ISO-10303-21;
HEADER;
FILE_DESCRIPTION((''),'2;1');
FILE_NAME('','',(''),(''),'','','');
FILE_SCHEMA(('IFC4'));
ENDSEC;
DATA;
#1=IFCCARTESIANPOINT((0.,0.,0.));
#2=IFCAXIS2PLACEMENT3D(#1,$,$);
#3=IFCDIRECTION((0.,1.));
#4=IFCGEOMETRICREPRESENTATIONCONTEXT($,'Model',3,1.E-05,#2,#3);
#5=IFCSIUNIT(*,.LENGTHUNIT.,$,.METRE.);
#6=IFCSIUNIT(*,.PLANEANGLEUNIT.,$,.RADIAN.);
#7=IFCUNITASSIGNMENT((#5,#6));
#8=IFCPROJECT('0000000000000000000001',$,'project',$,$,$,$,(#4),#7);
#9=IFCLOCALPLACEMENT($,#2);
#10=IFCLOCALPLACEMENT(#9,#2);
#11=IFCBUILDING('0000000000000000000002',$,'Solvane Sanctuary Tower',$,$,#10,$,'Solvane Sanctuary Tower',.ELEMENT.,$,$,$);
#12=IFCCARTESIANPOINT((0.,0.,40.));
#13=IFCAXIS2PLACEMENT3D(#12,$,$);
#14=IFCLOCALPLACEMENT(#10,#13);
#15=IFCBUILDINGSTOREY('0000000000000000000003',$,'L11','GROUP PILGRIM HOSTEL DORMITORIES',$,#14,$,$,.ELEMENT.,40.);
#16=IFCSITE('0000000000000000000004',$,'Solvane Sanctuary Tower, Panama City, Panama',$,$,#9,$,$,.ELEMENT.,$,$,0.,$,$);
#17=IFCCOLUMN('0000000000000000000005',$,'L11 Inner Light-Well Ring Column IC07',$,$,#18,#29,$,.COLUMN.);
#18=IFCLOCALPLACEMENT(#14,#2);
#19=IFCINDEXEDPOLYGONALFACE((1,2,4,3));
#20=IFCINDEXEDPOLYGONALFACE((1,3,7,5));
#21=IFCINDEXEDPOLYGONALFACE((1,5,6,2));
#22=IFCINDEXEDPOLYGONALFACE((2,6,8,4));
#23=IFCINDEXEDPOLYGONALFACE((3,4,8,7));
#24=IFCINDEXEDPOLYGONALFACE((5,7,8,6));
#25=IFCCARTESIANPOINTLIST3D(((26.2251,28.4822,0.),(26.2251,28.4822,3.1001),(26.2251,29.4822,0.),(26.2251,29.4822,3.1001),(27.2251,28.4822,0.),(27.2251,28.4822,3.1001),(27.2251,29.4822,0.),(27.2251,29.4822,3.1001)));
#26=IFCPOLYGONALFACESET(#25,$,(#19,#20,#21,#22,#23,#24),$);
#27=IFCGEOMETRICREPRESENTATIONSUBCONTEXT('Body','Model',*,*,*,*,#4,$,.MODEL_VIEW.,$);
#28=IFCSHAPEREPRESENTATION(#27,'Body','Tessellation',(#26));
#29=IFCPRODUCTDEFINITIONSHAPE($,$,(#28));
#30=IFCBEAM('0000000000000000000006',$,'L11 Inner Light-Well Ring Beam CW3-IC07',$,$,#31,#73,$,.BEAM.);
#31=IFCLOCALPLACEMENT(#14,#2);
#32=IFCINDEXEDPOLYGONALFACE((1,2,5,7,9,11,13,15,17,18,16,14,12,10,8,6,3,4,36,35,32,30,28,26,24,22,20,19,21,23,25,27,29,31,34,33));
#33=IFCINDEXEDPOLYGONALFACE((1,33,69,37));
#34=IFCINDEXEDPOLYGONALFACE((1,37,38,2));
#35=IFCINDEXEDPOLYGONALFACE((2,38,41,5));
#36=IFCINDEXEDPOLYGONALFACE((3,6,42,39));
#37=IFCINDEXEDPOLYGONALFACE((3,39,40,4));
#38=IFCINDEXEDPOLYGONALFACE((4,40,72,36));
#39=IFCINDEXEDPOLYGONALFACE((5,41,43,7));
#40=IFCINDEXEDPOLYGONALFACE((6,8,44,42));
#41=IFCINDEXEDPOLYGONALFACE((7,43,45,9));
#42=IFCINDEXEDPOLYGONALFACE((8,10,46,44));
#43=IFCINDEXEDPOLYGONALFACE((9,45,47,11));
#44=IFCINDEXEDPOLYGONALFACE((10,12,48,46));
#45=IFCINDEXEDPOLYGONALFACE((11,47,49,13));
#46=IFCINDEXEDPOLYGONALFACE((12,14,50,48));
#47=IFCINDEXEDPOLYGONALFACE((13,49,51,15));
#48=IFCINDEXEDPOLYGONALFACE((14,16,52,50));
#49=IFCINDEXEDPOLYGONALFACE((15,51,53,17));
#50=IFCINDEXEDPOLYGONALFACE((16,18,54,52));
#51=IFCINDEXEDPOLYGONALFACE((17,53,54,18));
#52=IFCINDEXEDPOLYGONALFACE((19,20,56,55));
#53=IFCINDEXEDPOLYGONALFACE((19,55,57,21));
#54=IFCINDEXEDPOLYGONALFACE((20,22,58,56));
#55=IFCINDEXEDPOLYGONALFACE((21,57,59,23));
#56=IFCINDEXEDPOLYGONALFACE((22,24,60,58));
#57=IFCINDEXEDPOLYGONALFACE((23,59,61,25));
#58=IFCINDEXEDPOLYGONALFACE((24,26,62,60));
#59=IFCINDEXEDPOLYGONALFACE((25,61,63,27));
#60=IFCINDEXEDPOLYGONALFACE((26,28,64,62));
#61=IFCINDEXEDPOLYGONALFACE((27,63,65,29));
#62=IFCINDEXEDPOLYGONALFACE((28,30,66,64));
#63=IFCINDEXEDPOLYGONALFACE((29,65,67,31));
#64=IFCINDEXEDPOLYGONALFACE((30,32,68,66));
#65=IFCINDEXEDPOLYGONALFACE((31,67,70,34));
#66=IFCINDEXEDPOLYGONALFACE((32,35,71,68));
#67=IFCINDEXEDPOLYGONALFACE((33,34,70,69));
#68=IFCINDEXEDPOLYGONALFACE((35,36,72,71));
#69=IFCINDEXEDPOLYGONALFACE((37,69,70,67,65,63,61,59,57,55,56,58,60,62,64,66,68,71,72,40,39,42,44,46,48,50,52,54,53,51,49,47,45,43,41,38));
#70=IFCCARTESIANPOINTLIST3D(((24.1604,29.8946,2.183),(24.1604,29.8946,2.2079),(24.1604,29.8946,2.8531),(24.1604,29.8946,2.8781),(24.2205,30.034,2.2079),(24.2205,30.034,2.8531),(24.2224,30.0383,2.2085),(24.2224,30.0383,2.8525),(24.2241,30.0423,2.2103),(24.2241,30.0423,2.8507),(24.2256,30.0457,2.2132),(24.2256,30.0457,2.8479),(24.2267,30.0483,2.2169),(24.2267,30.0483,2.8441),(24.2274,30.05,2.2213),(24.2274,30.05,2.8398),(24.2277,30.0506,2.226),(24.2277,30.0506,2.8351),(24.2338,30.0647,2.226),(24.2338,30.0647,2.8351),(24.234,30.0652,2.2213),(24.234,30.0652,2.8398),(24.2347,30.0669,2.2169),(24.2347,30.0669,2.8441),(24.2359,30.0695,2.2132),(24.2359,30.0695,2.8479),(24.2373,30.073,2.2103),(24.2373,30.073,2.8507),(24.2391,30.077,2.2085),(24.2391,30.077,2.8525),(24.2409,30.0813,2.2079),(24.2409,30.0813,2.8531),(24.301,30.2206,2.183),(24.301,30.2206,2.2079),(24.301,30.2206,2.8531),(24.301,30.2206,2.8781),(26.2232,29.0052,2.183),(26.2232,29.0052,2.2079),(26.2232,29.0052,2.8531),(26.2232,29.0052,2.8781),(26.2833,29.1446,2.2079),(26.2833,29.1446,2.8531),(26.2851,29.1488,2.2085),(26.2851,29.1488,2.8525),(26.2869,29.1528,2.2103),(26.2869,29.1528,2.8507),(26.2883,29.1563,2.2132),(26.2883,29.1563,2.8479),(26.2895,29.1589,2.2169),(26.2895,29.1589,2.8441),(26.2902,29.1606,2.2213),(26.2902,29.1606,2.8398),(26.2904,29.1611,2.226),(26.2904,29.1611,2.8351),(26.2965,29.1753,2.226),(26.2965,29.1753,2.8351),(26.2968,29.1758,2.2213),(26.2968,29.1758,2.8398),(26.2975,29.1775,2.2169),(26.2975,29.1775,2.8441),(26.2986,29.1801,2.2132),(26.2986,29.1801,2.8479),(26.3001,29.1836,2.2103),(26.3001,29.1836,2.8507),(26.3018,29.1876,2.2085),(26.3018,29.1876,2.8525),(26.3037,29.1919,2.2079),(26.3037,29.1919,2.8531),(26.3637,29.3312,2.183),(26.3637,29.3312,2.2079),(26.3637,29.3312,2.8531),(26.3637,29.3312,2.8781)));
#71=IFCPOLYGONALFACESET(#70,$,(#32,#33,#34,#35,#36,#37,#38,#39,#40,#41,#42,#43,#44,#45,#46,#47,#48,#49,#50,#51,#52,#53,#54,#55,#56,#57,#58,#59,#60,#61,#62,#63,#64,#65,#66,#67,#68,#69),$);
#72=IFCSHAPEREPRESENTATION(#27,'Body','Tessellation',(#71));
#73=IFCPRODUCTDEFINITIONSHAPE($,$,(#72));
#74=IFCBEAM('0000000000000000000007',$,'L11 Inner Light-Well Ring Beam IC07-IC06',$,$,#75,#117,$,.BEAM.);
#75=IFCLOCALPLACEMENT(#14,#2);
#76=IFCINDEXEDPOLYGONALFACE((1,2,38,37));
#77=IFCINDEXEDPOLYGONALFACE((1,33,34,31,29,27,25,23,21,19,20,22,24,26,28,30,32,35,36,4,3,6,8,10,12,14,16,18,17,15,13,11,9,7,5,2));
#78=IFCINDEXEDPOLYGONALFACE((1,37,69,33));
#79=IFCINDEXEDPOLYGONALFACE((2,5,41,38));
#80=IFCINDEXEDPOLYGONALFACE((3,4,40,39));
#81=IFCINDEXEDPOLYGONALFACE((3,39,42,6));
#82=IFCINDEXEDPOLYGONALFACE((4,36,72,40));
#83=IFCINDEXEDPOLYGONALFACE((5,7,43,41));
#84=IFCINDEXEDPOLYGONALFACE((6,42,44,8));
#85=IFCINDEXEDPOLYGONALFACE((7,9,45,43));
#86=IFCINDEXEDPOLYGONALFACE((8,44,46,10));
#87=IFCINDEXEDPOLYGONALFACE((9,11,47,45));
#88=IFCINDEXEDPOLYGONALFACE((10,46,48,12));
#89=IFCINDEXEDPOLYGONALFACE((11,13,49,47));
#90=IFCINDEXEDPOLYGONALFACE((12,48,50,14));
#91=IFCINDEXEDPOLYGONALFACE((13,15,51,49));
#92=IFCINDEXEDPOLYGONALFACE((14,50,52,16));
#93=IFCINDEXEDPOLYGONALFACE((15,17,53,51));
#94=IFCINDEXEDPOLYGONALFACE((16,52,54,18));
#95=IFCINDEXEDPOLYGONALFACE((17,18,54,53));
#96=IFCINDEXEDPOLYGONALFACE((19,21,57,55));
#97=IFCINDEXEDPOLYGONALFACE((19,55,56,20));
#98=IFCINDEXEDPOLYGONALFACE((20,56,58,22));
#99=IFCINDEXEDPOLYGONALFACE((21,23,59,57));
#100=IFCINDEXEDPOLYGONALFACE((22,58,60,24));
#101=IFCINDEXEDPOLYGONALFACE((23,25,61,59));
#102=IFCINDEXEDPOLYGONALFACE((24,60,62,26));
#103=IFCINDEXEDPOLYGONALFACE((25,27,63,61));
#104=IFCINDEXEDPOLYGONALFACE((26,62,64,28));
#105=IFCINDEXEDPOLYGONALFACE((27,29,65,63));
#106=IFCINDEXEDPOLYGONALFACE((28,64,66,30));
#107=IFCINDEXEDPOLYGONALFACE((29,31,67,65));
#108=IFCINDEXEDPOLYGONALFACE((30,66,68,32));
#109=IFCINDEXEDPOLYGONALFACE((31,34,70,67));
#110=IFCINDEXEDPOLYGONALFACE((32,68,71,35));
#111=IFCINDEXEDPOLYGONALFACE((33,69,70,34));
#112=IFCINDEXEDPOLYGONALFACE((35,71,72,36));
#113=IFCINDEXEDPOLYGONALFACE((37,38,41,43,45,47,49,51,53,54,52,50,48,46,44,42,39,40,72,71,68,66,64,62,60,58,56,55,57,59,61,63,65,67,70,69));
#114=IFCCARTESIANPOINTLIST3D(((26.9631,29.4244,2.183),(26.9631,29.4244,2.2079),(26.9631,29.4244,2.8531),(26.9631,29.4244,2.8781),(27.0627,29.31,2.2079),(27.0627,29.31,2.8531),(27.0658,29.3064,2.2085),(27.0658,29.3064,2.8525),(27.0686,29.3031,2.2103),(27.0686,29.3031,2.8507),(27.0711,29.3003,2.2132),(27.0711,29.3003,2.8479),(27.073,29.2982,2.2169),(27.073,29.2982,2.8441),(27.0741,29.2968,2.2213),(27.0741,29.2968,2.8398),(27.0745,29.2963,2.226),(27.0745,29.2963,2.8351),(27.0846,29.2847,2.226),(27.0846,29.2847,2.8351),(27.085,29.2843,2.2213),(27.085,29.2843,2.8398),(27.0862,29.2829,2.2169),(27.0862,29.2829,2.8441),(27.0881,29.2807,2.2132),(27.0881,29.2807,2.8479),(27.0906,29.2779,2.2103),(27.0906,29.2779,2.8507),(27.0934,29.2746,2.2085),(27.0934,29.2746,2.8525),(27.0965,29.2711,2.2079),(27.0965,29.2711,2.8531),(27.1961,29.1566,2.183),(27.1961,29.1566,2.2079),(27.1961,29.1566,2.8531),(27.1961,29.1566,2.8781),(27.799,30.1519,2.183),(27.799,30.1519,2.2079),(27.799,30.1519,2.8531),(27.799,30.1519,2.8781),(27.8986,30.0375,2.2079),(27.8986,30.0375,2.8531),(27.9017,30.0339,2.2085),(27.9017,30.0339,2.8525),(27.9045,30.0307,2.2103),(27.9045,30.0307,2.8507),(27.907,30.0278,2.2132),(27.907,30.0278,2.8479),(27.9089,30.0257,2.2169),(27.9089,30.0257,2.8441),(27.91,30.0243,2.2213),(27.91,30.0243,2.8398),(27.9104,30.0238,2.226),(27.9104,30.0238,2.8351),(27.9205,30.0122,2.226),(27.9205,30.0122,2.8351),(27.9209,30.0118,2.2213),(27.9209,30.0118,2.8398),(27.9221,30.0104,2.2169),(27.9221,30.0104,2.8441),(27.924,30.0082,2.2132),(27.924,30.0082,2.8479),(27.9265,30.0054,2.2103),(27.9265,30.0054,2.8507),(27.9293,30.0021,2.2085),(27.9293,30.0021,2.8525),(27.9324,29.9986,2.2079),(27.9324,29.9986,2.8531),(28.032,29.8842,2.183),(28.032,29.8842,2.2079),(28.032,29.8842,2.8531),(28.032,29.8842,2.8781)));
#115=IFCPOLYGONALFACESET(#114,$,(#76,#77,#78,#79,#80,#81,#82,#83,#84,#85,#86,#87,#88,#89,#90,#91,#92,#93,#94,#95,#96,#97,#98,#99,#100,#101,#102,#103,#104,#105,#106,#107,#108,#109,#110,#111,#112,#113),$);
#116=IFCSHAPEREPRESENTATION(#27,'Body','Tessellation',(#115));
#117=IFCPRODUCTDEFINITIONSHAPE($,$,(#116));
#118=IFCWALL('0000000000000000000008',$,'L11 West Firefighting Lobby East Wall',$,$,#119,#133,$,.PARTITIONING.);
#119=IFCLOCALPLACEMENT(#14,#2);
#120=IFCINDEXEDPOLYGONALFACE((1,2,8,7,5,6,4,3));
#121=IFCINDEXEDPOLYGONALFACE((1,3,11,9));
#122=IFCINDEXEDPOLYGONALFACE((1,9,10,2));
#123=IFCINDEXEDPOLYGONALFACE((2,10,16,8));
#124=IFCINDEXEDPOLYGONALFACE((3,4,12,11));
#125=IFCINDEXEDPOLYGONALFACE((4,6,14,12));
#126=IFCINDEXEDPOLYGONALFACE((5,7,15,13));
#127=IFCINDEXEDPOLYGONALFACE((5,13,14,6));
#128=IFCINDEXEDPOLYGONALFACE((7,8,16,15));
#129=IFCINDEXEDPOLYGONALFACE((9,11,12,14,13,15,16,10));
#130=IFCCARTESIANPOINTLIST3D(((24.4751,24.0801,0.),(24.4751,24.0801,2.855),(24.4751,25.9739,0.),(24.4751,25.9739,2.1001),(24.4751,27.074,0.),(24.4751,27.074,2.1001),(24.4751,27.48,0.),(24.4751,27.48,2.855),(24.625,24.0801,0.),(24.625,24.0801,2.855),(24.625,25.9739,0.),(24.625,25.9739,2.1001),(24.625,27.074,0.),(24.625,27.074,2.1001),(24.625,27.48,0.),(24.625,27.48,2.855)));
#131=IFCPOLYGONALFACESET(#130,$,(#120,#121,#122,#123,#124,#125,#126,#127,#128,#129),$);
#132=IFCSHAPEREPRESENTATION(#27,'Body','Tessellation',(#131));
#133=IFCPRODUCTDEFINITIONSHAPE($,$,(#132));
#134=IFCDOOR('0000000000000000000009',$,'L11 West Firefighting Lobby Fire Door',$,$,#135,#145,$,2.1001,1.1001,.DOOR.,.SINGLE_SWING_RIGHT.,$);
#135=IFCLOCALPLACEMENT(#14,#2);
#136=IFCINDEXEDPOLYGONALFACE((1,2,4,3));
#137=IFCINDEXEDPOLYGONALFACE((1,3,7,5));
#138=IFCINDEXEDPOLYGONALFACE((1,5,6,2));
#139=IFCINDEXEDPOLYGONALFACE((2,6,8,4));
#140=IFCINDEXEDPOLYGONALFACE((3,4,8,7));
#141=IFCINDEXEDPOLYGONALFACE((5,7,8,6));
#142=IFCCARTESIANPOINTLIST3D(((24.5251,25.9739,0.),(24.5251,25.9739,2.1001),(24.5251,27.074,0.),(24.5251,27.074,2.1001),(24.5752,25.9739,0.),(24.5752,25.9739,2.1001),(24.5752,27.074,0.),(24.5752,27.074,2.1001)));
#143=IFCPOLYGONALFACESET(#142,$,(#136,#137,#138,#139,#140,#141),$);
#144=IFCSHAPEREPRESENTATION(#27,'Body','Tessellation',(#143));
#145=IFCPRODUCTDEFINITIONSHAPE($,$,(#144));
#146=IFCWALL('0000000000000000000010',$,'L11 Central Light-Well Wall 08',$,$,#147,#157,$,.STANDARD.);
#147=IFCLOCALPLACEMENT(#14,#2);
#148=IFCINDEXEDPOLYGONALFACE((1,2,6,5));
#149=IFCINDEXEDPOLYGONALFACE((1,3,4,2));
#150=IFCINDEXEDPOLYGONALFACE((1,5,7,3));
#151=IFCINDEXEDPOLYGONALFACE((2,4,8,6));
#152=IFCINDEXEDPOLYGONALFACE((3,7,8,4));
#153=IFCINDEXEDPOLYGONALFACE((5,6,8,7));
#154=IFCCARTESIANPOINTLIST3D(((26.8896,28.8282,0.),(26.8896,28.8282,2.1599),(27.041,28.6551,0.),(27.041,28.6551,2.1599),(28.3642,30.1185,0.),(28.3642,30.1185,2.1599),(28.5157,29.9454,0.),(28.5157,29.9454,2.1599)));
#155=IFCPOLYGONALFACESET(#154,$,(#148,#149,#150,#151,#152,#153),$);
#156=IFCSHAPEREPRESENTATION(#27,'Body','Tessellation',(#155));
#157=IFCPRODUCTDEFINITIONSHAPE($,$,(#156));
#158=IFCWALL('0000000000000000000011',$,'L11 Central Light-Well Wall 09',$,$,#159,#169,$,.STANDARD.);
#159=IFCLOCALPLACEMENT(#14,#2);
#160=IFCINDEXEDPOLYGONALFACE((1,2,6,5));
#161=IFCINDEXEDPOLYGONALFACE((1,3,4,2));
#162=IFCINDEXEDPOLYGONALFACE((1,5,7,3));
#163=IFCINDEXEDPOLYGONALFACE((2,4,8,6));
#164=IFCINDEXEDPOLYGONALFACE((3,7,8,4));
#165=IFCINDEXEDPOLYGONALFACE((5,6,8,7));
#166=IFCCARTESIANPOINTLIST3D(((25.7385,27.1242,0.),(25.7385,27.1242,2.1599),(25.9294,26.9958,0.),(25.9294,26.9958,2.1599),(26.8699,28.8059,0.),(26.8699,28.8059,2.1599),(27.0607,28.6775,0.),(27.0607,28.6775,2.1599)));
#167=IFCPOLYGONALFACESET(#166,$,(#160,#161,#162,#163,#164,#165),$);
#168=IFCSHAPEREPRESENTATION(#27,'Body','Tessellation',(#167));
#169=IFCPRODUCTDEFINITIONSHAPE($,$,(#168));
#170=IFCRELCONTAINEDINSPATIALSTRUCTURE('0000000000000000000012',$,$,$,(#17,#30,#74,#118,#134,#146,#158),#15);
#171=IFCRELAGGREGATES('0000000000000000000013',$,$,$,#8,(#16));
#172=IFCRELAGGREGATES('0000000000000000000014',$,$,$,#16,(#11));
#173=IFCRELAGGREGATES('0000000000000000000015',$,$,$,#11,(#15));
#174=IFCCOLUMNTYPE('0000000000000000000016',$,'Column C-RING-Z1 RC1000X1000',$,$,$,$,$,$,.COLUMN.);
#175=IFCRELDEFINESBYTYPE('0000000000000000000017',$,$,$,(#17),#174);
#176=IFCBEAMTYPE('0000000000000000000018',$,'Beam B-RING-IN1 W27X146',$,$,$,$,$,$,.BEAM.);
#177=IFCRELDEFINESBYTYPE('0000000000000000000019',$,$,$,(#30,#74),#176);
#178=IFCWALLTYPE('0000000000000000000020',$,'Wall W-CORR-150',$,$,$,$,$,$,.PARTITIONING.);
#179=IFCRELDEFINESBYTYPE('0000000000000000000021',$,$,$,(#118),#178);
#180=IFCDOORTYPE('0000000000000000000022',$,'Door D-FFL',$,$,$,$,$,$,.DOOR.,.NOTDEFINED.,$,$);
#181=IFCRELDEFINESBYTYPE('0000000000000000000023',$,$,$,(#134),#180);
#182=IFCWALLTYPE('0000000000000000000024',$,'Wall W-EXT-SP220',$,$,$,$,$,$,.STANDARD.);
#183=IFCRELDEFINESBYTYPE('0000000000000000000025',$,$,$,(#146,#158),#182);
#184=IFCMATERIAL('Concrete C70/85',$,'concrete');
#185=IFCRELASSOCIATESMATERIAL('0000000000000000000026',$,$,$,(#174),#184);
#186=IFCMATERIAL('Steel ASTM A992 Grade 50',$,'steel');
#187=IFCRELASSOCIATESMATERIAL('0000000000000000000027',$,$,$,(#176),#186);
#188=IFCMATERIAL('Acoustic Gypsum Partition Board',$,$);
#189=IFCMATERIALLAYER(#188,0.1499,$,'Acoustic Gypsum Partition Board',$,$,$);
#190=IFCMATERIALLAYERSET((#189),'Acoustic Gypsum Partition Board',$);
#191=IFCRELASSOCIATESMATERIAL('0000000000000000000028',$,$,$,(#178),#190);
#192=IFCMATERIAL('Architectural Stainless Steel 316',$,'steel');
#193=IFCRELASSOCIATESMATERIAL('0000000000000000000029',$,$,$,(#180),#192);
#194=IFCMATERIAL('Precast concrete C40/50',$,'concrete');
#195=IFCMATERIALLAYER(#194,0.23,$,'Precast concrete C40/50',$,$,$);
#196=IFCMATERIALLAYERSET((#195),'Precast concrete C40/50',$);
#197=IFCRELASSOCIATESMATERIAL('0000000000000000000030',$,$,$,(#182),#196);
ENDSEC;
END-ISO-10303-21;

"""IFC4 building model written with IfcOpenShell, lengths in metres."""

from ifc_helpers import new_model, si_unit, direction, frame, frame_2d, origin, origin_2d, place, context, subcontext, project, spatial, rectangle, i_section, extrude, material, layer, layer_set, material_profile, profile_set, type_object, element, fill, save


model = new_model("IFC4")

# Units and contexts
model_context = context("Model", 3, precision=1e-05, world=origin(), true_north=direction((0.0, 1.0)))
body_context = subcontext(model_context, "Body", "Model", "MODEL_VIEW")
ifc_project = project(units=[si_unit("LENGTHUNIT", "METRE"), si_unit("PLANEANGLEUNIT", "RADIAN")], contexts=[model_context])

# Site, building, storey
site_placement = place(None, origin())
site = spatial("IfcSite", under=ifc_project, at=site_placement, Name="Solvane Sanctuary Tower, Panama City, Panama", CompositionType="ELEMENT", RefElevation=0.0)
building_placement = place(site_placement, origin())
building = spatial("IfcBuilding", under=site, at=building_placement, Name="Solvane Sanctuary Tower", LongName="Solvane Sanctuary Tower", CompositionType="ELEMENT")
storey_placement = place(building_placement, frame((0.0, 0.0, 40.0)))
storey = spatial("IfcBuildingStorey", under=building, at=storey_placement, Name="L11", Description="GROUP PILGRIM HOSTEL DORMITORIES", CompositionType="ELEMENT", Elevation=40.0)

# Column
ifc_material_1 = material(Name="Concrete C70/85", Category="concrete")
ifc_material_profile_1 = material_profile(ifc_material_1, rectangle(XDim=1.0, YDim=1.0, at=origin_2d()), Name="RC1000X1000")
ifc_profile_set_1 = profile_set([ifc_material_profile_1], Name="Concrete C70/85")
column_type = type_object("IfcColumnType", Name="Column C-RING-Z1 RC1000X1000", PredefinedType="COLUMN", material=ifc_profile_set_1)
column_placement = place(storey_placement, frame((26.7251, 28.9822, 0.0), z_axis=(0.0, 0.0, 1.0), x_axis=(1.0, 0.0, 0.0)))
element("IfcColumn", 1, at=column_placement, inside=storey, type_object=column_type, Name="L11 Inner Light-Well Ring Column IC07", PredefinedType="COLUMN", context=body_context, shape_type="SweptSolid", body=[
    extrude(rectangle(XDim=1.0, YDim=1.0, at=origin_2d()), origin(), (0.0, 0.0, 1.0), 3.1001),
])

# Beams
ifc_material_2 = material(Name="Steel ASTM A992 Grade 50", Category="steel")
ifc_material_profile_2 = material_profile(ifc_material_2, i_section(OverallWidth=0.355, OverallDepth=0.6951, WebThickness=0.0154, FlangeThickness=0.0249, FilletRadius=0.0181, at=origin_2d()), Name="W27X146")
ifc_profile_set_2 = profile_set([ifc_material_profile_2], Name="Steel ASTM A992 Grade 50")
beam_type = type_object("IfcBeamType", Name="Beam B-RING-IN1 W27X146", PredefinedType="BEAM", material=ifc_profile_set_2)
beam_1_placement = place(storey_placement, frame((24.2307, 30.0576, 2.5305), z_axis=(0.918277, -0.395938, 0.0), x_axis=(0.395938, 0.918277, 0.0)))
element("IfcBeam", 2, at=beam_1_placement, inside=storey, type_object=beam_type, Name="L11 Inner Light-Well Ring Beam CW3-IC07", PredefinedType="BEAM", context=body_context, shape_type="SweptSolid", body=[
    extrude(i_section(OverallWidth=0.355, OverallDepth=0.6951, WebThickness=0.0154, FlangeThickness=0.0249, FilletRadius=0.0181, at=origin_2d()), origin(), (0.0, 0.0, 1.0), 2.2463),
])
beam_2_placement = place(storey_placement, frame((27.0796, 29.2905, 2.5305), z_axis=(0.754321, 0.656506, 0.0), x_axis=(-0.656506, 0.754321, 0.0)))
element("IfcBeam", 3, at=beam_2_placement, inside=storey, type_object=beam_type, Name="L11 Inner Light-Well Ring Beam IC07-IC06", PredefinedType="BEAM", context=body_context, shape_type="SweptSolid", body=[
    extrude(i_section(OverallWidth=0.355, OverallDepth=0.6951, WebThickness=0.0154, FlangeThickness=0.0249, FilletRadius=0.0181, at=origin_2d()), origin(), (0.0, 0.0, 1.0), 1.1082),
])

# Wall, opening, door
ifc_material_3 = material(Name="Acoustic Gypsum Partition Board")
ifc_layer_1 = layer(ifc_material_3, 0.1499, Name="Acoustic Gypsum Partition Board")
ifc_layer_set_1 = layer_set([ifc_layer_1], Name="Acoustic Gypsum Partition Board")
wall_type_1 = type_object("IfcWallType", Name="Wall W-CORR-150", PredefinedType="PARTITIONING", material=ifc_layer_set_1)
wall_1_placement = place(storey_placement, frame((24.55, 24.0801, 0.0), z_axis=(0.0, 0.0, 1.0), x_axis=(0.0, 1.0, 0.0)))
wall_1 = element("IfcWall", 4, at=wall_1_placement, inside=storey, type_object=wall_type_1, Name="L11 West Firefighting Lobby East Wall", PredefinedType="PARTITIONING", context=body_context, shape_type="SweptSolid", body=[
    extrude(rectangle(XDim=3.3999, YDim=0.1499, at=frame_2d((1.7, 0.0))), origin(), (0.0, 0.0, 1.0), 2.855),
])
opening_1_placement = place(wall_1_placement, frame((1.8938, 0.0, 0.0)))
opening_1 = element("IfcOpeningElement", 5, at=opening_1_placement, cuts=wall_1, PredefinedType="OPENING", context=body_context, shape_type="SweptSolid", body=[
    extrude(rectangle(XDim=1.1001, YDim=2.1001, at=frame_2d((0.55, 1.05))), frame((0.0, 0.085, 0.0), z_axis=(0.0, -1.0, 0.0), x_axis=(1.0, 0.0, 0.0)), (0.0, 0.0, 1.0), 0.1699),
])
ifc_material_4 = material(Name="Architectural Stainless Steel 316", Category="steel")
door_type_1 = type_object("IfcDoorType", Name="Door D-FFL", OperationType="NOTDEFINED", PredefinedType="DOOR", material=ifc_material_4)
door_1_placement = place(opening_1_placement, origin())
door_1 = element("IfcDoor", 6, at=door_1_placement, inside=storey, type_object=door_type_1, Name="L11 West Firefighting Lobby Fire Door", OperationType="SINGLE_SWING_RIGHT", OverallHeight=2.1001, OverallWidth=1.1001, PredefinedType="DOOR", context=body_context, shape_type="SweptSolid", body=[
    extrude(rectangle(XDim=1.1001, YDim=2.1001, at=frame_2d((0.55, 1.05))), frame((0.0, 0.0249, 0.0), z_axis=(0.0, -1.0, 0.0), x_axis=(1.0, 0.0, 0.0)), (0.0, 0.0, 1.0), 0.05),
])
fill(opening_1, door_1)

# Walls
ifc_material_5 = material(Name="Precast concrete C40/50", Category="concrete")
ifc_layer_2 = layer(ifc_material_5, 0.23, Name="Precast concrete C40/50")
ifc_layer_set_2 = layer_set([ifc_layer_2], Name="Precast concrete C40/50")
wall_type_2 = type_object("IfcWallType", Name="Wall W-EXT-SP220", PredefinedType="STANDARD", material=ifc_layer_set_2)
wall_2_placement = place(storey_placement, frame((28.4399, 30.032, 0.0), z_axis=(0.0, 0.0, 1.0), x_axis=(-0.752577, -0.658505, 0.0)))
element("IfcWall", 7, at=wall_2_placement, inside=storey, type_object=wall_type_2, Name="L11 Central Light-Well Wall 08", PredefinedType="STANDARD", context=body_context, shape_type="SweptSolid", body=[
    extrude(rectangle(XDim=1.9595, YDim=0.23, at=frame_2d((0.9797, 0.0))), origin(), (0.0, 0.0, 1.0), 2.1599),
])
wall_3_placement = place(storey_placement, frame((26.9653, 28.7417, 0.0), z_axis=(0.0, 0.0, 1.0), x_axis=(-0.558198, -0.829708, 0.0)))
element("IfcWall", 8, at=wall_3_placement, inside=storey, type_object=wall_type_2, Name="L11 Central Light-Well Wall 09", PredefinedType="STANDARD", context=body_context, shape_type="SweptSolid", body=[
    extrude(rectangle(XDim=2.0269, YDim=0.23, at=frame_2d((1.0134, 0.0))), origin(), (0.0, 0.0, 1.0), 2.1599),
])

save(model, "model.ifc")
